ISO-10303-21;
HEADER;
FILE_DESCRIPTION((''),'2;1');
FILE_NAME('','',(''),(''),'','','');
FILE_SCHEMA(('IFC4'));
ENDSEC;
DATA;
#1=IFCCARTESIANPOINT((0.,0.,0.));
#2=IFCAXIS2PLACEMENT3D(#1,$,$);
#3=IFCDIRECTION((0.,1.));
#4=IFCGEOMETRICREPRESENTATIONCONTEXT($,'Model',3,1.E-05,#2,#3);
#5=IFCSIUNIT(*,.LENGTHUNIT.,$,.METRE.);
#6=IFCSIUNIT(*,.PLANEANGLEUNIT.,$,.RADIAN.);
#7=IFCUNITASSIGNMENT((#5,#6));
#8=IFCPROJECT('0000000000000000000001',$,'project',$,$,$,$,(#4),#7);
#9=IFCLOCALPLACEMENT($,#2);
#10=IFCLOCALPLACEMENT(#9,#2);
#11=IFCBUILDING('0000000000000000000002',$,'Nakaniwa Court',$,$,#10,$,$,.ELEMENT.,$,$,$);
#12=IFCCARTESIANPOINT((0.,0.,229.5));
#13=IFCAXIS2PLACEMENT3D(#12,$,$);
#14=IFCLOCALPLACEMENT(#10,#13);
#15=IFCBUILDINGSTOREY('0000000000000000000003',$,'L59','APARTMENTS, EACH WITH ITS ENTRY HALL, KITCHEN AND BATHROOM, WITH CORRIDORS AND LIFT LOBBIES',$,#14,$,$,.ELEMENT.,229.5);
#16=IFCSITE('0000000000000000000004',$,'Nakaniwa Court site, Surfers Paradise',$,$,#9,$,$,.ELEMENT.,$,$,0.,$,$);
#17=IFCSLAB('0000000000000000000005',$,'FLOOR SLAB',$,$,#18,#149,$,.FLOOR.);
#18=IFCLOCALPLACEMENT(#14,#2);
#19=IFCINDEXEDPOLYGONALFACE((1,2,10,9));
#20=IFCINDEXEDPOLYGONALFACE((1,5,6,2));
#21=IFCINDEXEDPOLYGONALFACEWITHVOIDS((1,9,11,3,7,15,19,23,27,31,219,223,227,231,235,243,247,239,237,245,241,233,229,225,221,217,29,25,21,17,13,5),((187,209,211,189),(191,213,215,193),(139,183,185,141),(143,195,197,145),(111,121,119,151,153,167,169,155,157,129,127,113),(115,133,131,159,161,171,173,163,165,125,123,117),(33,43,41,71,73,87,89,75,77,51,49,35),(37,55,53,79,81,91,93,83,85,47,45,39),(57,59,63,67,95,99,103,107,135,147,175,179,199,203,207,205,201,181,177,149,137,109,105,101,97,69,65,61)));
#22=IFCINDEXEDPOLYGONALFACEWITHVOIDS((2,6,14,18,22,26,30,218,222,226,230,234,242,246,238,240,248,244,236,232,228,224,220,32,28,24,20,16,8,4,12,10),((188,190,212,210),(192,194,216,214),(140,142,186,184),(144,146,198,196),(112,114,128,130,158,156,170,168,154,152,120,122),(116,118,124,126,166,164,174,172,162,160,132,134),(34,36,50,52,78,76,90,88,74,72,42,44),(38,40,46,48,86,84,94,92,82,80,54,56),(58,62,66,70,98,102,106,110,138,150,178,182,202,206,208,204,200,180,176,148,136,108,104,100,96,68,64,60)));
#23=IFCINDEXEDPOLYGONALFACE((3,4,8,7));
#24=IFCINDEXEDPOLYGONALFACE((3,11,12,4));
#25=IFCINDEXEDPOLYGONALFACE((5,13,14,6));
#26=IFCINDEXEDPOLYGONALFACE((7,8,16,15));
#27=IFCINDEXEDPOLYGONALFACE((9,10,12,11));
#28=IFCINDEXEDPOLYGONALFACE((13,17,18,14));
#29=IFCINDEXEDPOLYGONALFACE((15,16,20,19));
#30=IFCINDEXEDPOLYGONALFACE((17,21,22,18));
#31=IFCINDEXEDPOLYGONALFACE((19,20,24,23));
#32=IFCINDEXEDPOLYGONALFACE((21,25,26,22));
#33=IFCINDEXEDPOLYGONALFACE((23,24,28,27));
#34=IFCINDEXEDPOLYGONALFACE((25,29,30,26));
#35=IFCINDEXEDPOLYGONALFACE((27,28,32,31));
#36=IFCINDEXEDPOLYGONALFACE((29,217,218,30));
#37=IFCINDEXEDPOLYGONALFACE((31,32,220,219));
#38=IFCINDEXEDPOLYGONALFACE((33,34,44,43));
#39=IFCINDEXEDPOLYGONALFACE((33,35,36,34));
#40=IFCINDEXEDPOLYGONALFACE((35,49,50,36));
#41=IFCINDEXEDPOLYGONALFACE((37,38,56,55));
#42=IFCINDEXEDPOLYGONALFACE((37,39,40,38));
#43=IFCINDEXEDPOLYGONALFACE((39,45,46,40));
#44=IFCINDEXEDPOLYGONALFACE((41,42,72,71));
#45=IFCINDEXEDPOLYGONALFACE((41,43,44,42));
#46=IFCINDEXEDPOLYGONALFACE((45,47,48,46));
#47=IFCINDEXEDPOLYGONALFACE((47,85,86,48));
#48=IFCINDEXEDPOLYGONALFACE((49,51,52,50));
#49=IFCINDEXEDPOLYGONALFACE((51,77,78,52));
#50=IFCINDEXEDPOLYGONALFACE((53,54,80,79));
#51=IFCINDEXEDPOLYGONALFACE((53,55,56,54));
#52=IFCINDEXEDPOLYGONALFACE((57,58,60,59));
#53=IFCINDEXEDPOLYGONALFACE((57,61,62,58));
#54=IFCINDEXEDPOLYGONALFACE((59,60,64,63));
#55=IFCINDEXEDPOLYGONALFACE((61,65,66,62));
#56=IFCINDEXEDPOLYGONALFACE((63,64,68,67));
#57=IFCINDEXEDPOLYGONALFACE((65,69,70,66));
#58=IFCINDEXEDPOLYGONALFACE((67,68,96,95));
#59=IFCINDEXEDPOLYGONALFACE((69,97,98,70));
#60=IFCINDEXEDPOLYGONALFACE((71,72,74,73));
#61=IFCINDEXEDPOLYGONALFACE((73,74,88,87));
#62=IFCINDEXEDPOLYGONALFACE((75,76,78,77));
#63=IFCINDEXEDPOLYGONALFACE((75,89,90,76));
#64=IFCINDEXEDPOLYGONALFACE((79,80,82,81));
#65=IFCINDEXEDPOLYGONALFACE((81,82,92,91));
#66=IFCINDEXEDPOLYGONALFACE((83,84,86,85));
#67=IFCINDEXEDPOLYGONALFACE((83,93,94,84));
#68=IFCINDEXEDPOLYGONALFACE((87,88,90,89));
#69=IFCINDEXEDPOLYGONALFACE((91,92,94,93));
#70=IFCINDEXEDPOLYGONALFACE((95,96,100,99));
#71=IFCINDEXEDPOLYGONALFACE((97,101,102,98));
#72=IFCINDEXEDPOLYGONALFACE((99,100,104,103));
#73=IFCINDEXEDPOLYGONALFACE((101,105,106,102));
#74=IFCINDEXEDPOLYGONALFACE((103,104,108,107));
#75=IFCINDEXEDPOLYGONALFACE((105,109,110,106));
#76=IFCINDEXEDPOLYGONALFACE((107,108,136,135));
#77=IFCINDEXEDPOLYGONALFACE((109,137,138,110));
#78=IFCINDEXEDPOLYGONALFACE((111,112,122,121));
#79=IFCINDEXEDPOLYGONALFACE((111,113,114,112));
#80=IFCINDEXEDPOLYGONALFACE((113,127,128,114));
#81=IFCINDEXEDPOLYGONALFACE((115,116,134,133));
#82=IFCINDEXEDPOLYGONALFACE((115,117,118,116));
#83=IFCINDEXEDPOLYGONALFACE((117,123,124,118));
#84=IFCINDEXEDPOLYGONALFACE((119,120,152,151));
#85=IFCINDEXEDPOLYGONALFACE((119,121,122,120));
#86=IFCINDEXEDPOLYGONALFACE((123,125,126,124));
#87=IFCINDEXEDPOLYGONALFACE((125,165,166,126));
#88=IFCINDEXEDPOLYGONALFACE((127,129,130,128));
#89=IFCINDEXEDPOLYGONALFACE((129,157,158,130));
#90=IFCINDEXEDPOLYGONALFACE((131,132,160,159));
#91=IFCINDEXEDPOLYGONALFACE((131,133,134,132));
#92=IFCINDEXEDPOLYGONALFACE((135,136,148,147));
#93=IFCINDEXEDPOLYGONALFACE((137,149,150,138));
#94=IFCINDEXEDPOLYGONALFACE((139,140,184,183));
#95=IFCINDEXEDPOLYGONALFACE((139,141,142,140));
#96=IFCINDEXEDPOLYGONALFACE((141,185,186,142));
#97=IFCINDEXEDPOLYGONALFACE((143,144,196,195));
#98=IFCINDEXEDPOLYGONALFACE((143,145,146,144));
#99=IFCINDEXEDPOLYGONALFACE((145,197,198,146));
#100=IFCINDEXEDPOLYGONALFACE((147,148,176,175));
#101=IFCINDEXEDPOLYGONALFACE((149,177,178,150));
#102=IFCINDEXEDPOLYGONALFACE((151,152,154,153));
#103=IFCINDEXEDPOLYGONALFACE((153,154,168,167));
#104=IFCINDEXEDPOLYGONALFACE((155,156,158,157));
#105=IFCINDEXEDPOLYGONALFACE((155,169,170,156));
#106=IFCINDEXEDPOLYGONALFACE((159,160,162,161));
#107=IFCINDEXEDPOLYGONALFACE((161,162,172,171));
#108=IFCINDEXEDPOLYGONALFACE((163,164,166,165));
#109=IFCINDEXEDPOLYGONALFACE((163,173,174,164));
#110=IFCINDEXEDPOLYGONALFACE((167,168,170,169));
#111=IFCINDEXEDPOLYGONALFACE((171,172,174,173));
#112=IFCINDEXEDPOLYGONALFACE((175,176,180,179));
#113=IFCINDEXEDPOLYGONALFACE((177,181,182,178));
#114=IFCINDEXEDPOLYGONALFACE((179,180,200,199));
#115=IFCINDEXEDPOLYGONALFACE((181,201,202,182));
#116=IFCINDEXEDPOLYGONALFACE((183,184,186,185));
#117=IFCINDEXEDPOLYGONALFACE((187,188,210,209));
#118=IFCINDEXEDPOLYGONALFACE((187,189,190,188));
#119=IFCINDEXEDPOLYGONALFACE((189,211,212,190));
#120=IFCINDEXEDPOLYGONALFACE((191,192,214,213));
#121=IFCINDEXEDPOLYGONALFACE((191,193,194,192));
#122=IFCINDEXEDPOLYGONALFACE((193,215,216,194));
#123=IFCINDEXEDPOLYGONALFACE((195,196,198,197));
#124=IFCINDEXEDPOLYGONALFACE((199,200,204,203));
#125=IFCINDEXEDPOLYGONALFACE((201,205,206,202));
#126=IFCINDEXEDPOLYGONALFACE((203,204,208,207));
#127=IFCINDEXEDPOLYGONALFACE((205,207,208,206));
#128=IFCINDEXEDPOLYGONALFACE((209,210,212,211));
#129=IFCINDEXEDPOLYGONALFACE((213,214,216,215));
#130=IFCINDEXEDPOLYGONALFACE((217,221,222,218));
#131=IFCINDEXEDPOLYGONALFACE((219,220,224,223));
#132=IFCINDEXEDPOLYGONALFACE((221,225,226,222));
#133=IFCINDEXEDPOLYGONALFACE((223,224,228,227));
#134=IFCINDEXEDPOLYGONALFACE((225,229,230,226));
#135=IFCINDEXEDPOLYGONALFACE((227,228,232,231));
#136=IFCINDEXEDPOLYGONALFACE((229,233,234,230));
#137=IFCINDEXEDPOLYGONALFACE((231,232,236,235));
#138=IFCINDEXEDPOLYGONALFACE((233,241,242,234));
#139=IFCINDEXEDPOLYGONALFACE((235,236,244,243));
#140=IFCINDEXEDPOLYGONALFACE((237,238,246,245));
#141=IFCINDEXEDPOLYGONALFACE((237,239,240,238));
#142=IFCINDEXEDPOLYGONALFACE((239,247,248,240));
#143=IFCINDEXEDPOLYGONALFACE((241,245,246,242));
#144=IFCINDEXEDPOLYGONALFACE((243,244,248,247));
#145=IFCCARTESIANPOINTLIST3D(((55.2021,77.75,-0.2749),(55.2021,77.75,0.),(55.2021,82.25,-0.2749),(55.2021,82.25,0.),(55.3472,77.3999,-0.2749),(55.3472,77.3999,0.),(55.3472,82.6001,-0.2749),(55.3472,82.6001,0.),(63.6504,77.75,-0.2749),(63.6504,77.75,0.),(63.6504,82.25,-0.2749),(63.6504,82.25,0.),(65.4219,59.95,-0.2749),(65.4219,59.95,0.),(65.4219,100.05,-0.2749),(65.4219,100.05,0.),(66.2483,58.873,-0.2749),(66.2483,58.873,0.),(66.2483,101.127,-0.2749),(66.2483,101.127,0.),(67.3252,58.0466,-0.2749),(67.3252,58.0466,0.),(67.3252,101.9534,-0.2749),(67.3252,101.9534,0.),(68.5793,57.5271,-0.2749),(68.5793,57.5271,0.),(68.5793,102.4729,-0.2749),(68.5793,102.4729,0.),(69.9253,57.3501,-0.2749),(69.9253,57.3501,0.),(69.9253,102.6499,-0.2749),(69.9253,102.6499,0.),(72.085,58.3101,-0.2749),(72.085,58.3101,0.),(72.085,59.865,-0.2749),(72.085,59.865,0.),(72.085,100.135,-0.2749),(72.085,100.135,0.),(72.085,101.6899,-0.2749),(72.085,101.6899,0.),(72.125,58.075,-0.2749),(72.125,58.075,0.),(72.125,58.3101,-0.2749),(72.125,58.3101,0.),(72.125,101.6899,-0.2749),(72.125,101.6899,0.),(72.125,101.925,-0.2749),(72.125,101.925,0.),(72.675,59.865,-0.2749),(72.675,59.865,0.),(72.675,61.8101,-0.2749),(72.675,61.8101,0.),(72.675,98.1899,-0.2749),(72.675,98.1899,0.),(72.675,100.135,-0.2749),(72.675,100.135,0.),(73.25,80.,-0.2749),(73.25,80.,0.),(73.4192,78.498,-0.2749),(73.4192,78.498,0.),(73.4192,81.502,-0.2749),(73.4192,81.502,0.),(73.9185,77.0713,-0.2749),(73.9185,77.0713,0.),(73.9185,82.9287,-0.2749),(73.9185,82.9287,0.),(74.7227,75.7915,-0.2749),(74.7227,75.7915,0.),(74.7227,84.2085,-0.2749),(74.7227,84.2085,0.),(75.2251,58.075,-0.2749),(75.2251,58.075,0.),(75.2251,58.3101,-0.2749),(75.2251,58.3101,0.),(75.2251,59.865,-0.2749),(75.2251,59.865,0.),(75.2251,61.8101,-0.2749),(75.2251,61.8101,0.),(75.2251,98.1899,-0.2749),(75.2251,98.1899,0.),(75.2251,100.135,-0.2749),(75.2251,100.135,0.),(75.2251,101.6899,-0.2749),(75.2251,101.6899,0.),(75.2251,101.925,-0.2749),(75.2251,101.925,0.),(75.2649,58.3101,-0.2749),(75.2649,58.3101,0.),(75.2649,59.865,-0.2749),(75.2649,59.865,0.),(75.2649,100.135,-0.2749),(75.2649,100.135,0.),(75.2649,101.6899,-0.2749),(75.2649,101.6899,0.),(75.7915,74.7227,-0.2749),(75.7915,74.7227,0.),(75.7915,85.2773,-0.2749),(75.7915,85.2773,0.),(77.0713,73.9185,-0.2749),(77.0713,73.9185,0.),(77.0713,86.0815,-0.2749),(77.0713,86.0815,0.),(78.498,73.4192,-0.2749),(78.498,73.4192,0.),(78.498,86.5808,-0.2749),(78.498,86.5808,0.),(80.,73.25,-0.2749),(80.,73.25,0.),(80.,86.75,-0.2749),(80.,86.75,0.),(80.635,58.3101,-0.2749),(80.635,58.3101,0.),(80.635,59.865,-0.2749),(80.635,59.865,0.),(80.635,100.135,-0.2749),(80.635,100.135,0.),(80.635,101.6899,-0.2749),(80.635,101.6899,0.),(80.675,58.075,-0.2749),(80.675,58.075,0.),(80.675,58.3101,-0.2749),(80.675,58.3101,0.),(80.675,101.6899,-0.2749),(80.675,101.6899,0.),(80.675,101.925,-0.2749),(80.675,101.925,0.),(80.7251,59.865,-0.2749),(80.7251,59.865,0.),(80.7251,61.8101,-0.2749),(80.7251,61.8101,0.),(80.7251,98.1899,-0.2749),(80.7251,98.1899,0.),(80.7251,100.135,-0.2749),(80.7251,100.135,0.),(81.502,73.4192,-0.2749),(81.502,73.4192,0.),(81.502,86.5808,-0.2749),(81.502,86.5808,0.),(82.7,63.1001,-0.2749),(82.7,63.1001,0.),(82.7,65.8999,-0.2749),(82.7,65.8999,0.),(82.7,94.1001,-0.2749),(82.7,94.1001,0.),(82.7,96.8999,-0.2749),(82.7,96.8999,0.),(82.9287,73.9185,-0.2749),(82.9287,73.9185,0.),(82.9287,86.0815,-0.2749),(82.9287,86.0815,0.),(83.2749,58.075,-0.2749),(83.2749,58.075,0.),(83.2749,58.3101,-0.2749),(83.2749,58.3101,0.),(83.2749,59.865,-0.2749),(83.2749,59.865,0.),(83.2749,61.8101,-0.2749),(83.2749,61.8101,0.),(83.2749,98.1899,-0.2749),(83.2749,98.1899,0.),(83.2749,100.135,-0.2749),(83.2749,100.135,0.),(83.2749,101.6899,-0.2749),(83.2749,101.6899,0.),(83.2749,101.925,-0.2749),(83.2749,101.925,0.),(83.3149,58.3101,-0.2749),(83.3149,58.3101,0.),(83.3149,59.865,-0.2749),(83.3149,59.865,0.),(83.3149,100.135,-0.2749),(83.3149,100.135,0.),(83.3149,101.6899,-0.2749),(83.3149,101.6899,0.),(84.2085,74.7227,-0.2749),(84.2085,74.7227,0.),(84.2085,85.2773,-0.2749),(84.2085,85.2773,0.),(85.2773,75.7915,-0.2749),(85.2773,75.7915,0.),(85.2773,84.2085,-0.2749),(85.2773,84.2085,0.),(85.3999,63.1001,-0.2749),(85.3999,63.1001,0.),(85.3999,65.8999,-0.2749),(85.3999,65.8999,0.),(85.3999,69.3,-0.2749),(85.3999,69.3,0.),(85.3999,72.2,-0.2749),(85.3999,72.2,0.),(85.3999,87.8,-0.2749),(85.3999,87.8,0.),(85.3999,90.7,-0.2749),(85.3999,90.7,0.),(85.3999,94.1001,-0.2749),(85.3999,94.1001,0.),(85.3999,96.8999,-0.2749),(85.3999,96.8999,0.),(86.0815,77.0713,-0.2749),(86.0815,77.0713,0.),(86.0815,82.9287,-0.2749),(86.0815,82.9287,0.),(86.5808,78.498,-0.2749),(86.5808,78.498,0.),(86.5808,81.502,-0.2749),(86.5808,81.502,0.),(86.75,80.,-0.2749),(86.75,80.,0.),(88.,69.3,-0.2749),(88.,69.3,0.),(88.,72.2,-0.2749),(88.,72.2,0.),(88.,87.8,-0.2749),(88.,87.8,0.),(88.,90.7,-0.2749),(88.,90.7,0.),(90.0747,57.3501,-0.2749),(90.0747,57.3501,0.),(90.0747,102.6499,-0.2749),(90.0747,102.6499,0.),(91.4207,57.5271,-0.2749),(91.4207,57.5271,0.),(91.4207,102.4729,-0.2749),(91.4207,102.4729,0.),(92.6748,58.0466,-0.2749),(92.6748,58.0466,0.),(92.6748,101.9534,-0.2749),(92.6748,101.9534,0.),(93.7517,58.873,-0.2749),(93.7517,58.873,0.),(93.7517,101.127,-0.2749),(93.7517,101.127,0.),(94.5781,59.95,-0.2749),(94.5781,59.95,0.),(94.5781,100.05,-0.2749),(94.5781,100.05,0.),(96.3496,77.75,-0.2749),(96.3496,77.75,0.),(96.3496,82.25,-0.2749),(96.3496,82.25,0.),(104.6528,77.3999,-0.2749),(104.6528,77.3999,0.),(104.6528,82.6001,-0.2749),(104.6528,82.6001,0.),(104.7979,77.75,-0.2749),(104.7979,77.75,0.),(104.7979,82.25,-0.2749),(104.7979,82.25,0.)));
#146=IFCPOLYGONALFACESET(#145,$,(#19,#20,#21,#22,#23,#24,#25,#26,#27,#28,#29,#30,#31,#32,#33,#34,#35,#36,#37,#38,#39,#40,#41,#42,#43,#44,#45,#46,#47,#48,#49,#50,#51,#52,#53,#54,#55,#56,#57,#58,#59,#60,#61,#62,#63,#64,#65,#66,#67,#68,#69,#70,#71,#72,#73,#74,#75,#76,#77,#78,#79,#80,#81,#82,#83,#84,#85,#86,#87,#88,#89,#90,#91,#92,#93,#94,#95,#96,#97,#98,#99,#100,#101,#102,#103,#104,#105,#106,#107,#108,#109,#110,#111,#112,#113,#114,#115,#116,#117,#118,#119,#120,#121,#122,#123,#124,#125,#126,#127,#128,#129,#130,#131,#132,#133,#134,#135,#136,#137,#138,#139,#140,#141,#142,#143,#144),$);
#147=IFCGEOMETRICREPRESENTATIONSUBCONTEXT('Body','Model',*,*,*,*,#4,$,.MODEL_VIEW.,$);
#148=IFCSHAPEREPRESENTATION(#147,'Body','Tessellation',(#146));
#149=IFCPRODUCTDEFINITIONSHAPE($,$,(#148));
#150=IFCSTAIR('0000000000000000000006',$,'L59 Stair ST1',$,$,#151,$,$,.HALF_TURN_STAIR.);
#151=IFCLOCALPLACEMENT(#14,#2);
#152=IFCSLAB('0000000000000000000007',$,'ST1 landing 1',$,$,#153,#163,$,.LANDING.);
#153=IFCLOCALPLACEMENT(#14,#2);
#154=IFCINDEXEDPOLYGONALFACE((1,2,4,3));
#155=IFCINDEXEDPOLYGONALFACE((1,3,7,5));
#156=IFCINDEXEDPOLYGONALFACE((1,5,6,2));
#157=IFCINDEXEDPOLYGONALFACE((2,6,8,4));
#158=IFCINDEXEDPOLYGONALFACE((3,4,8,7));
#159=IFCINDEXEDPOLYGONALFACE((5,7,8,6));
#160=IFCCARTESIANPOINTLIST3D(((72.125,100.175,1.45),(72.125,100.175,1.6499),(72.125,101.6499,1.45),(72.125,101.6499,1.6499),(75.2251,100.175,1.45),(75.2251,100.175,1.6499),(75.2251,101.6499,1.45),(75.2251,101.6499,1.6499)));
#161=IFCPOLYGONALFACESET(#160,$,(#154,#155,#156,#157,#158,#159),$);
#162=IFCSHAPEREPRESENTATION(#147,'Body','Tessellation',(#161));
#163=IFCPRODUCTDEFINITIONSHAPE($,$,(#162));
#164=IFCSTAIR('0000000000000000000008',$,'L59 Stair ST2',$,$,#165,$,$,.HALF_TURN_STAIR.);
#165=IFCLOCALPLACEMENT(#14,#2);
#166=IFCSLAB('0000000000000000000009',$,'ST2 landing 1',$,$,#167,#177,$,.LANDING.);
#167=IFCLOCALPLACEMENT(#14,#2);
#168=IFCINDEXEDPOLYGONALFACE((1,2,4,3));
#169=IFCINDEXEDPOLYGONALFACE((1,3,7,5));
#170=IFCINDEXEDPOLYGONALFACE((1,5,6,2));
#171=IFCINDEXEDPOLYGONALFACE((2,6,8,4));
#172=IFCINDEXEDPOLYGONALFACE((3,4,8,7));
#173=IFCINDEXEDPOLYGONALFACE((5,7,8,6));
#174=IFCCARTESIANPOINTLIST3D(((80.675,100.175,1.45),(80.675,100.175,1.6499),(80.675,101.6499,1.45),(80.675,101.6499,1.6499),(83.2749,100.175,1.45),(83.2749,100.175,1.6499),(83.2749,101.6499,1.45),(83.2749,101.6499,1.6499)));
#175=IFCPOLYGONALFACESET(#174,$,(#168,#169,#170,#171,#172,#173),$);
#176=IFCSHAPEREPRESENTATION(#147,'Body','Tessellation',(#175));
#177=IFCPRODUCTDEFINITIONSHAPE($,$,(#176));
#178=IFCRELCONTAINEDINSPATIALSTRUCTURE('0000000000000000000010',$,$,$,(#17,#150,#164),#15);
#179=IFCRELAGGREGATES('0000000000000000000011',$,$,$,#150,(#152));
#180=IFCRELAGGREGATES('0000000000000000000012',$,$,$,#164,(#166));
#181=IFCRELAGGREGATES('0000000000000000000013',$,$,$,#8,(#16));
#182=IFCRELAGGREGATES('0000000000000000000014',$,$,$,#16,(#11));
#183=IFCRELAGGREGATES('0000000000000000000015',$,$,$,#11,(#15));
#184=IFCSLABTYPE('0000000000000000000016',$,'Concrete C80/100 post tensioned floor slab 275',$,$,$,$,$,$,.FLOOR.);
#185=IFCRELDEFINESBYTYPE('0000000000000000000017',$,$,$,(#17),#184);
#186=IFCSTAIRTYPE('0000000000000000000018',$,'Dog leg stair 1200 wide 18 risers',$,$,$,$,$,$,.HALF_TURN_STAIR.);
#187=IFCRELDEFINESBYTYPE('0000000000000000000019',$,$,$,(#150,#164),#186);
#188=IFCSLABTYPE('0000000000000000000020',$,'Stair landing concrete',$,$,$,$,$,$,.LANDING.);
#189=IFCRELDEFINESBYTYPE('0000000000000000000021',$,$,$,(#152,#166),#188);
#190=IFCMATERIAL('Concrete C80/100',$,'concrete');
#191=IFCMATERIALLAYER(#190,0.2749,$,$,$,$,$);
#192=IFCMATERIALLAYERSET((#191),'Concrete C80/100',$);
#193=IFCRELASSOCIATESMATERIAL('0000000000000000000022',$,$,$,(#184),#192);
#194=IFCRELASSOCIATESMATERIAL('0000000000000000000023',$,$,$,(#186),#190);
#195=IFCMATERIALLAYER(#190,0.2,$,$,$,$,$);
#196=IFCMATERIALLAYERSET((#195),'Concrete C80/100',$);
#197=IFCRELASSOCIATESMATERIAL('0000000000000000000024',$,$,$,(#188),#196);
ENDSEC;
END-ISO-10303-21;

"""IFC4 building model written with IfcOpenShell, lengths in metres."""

from ifc_helpers import new_model, si_unit, direction, frame, origin, place, context, subcontext, project, spatial, polyline, outline, extrude, material, layer, layer_set, type_object, element, aggregate, save


model = new_model("IFC4")

# Units and contexts
model_context = context("Model", 3, precision=1e-05, world=origin(), true_north=direction((0.0, 1.0)))
body_context = subcontext(model_context, "Body", "Model", "MODEL_VIEW")
ifc_project = project(units=[si_unit("LENGTHUNIT", "METRE"), si_unit("PLANEANGLEUNIT", "RADIAN")], contexts=[model_context])

# Site, building, storey
site_placement = place(None, origin())
site = spatial("IfcSite", under=ifc_project, at=site_placement, Name="Nakaniwa Court site, Surfers Paradise", CompositionType="ELEMENT", RefElevation=0.0)
building_placement = place(site_placement, origin())
building = spatial("IfcBuilding", under=site, at=building_placement, Name="Nakaniwa Court", CompositionType="ELEMENT")
storey_placement = place(building_placement, frame((0.0, 0.0, 229.5)))
storey = spatial("IfcBuildingStorey", under=building, at=storey_placement, Name="L59", Description="APARTMENTS, EACH WITH ITS ENTRY HALL, KITCHEN AND BATHROOM, WITH CORRIDORS AND LIFT LOBBIES", CompositionType="ELEMENT", Elevation=229.5)

# Shared definitions
ifc_material_1 = material(Name="Concrete C80/100", Category="concrete")

# Slab
ifc_layer_1 = layer(ifc_material_1, 0.2749)
ifc_layer_set_1 = layer_set([ifc_layer_1], Name="Concrete C80/100")
slab_type_1 = type_object("IfcSlabType", Name="Concrete C80/100 post tensioned floor slab 275", PredefinedType="FLOOR", material=ifc_layer_set_1)
slab_1_placement = place(storey_placement, frame((0.0, 0.0, -0.2749)))
element("IfcSlab", 1, at=slab_1_placement, inside=storey, type_object=slab_type_1, Name="FLOOR SLAB", PredefinedType="FLOOR", context=body_context, shape_type="SweptSolid", body=[
    extrude(outline(polyline([(96.3496, 82.25), (104.7979, 82.25), (104.6528, 82.6001), (94.5781, 100.05), (93.7517, 101.127), (92.6748, 101.9534), (91.4207, 102.4729), (90.0747, 102.6499), (69.9253, 102.6499), (68.5793, 102.4729), (67.3252, 101.9534), (66.2483, 101.127), (65.4219, 100.05), (55.3472, 82.6001), (55.2021, 82.25), (63.6504, 82.25), (63.6504, 77.75), (55.2021, 77.75), (55.3472, 77.3999), (65.4219, 59.95), (66.2483, 58.873), (67.3252, 58.0466), (68.5793, 57.5271), (69.9253, 57.3501), (90.0747, 57.3501), (91.4207, 57.5271), (92.6748, 58.0466), (93.7517, 58.873), (94.5781, 59.95), (104.6528, 77.3999), (104.7979, 77.75), (96.3496, 77.75), (96.3496, 82.25)]), holes=[polyline([(81.502, 86.5808), (80.0, 86.75), (78.498, 86.5808), (77.0713, 86.0815), (75.7915, 85.2773), (74.7227, 84.2085), (73.9185, 82.9287), (73.4192, 81.502), (73.25, 80.0), (73.4192, 78.498), (73.9185, 77.0713), (74.7227, 75.7915), (75.7915, 74.7227), (77.0713, 73.9185), (78.498, 73.4192), (80.0, 73.25), (81.502, 73.4192), (82.9287, 73.9185), (84.2085, 74.7227), (85.2773, 75.7915), (86.0815, 77.0713), (86.5808, 78.498), (86.75, 80.0), (86.5808, 81.502), (86.0815, 82.9287), (85.2773, 84.2085), (84.2085, 85.2773), (82.9287, 86.0815), (81.502, 86.5808)]), polyline([(72.675, 61.8101), (72.675, 59.865), (72.085, 59.865), (72.085, 58.3101), (72.125, 58.3101), (72.125, 58.075), (75.2251, 58.075), (75.2251, 58.3101), (75.2649, 58.3101), (75.2649, 59.865), (75.2251, 59.865), (75.2251, 61.8101), (72.675, 61.8101)]), polyline([(83.2749, 61.8101), (80.7251, 61.8101), (80.7251, 59.865), (80.635, 59.865), (80.635, 58.3101), (80.675, 58.3101), (80.675, 58.075), (83.2749, 58.075), (83.2749, 58.3101), (83.3149, 58.3101), (83.3149, 59.865), (83.2749, 59.865), (83.2749, 61.8101)]), polyline([(75.2649, 101.6899), (75.2251, 101.6899), (75.2251, 101.925), (72.125, 101.925), (72.125, 101.6899), (72.085, 101.6899), (72.085, 100.135), (72.675, 100.135), (72.675, 98.1899), (75.2251, 98.1899), (75.2251, 100.135), (75.2649, 100.135), (75.2649, 101.6899)]), polyline([(83.3149, 100.135), (83.3149, 101.6899), (83.2749, 101.6899), (83.2749, 101.925), (80.675, 101.925), (80.675, 101.6899), (80.635, 101.6899), (80.635, 100.135), (80.7251, 100.135), (80.7251, 98.1899), (83.2749, 98.1899), (83.2749, 100.135), (83.3149, 100.135)]), polyline([(85.3999, 65.8999), (82.7, 65.8999), (82.7, 63.1001), (85.3999, 63.1001), (85.3999, 65.8999)]), polyline([(88.0, 72.2), (85.3999, 72.2), (85.3999, 69.3), (88.0, 69.3), (88.0, 72.2)]), polyline([(85.3999, 90.7), (85.3999, 87.8), (88.0, 87.8), (88.0, 90.7), (85.3999, 90.7)]), polyline([(85.3999, 96.8999), (82.7, 96.8999), (82.7, 94.1001), (85.3999, 94.1001), (85.3999, 96.8999)])]), origin(), (0.0, 0.0, 1.0), 0.2749),
])

# Stairs, slabs
stair_type = type_object("IfcStairType", Name="Dog leg stair 1200 wide 18 risers", PredefinedType="HALF_TURN_STAIR", material=ifc_material_1)
stair_1_placement = place(storey_placement, origin())
stair_1 = element("IfcStair", 2, at=stair_1_placement, inside=storey, type_object=stair_type, Name="L59 Stair ST1", PredefinedType="HALF_TURN_STAIR")
ifc_layer_2 = layer(ifc_material_1, 0.2)
ifc_layer_set_2 = layer_set([ifc_layer_2], Name="Concrete C80/100")
slab_type_2 = type_object("IfcSlabType", Name="Stair landing concrete", PredefinedType="LANDING", material=ifc_layer_set_2)
slab_2_placement = place(storey_placement, frame((0.0, 0.0, 1.45)))
slab_2 = element("IfcSlab", 3, at=slab_2_placement, type_object=slab_type_2, Name="ST1 landing 1", PredefinedType="LANDING", context=body_context, shape_type="SweptSolid", body=[
    extrude(outline(polyline([(75.2251, 100.175), (75.2251, 101.6499), (72.125, 101.6499), (72.125, 100.175), (75.2251, 100.175)])), origin(), (0.0, 0.0, 1.0), 0.2),
])
aggregate(stair_1, [slab_2])
stair_2_placement = place(storey_placement, origin())
stair_2 = element("IfcStair", 4, at=stair_2_placement, inside=storey, type_object=stair_type, Name="L59 Stair ST2", PredefinedType="HALF_TURN_STAIR")
slab_3_placement = place(storey_placement, frame((0.0, 0.0, 1.45)))
slab_3 = element("IfcSlab", 5, at=slab_3_placement, type_object=slab_type_2, Name="ST2 landing 1", PredefinedType="LANDING", context=body_context, shape_type="SweptSolid", body=[
    extrude(outline(polyline([(83.2749, 100.175), (83.2749, 101.6499), (80.675, 101.6499), (80.675, 100.175), (83.2749, 100.175)])), origin(), (0.0, 0.0, 1.0), 0.2),
])
aggregate(stair_2, [slab_3])

save(model, "model.ifc")
